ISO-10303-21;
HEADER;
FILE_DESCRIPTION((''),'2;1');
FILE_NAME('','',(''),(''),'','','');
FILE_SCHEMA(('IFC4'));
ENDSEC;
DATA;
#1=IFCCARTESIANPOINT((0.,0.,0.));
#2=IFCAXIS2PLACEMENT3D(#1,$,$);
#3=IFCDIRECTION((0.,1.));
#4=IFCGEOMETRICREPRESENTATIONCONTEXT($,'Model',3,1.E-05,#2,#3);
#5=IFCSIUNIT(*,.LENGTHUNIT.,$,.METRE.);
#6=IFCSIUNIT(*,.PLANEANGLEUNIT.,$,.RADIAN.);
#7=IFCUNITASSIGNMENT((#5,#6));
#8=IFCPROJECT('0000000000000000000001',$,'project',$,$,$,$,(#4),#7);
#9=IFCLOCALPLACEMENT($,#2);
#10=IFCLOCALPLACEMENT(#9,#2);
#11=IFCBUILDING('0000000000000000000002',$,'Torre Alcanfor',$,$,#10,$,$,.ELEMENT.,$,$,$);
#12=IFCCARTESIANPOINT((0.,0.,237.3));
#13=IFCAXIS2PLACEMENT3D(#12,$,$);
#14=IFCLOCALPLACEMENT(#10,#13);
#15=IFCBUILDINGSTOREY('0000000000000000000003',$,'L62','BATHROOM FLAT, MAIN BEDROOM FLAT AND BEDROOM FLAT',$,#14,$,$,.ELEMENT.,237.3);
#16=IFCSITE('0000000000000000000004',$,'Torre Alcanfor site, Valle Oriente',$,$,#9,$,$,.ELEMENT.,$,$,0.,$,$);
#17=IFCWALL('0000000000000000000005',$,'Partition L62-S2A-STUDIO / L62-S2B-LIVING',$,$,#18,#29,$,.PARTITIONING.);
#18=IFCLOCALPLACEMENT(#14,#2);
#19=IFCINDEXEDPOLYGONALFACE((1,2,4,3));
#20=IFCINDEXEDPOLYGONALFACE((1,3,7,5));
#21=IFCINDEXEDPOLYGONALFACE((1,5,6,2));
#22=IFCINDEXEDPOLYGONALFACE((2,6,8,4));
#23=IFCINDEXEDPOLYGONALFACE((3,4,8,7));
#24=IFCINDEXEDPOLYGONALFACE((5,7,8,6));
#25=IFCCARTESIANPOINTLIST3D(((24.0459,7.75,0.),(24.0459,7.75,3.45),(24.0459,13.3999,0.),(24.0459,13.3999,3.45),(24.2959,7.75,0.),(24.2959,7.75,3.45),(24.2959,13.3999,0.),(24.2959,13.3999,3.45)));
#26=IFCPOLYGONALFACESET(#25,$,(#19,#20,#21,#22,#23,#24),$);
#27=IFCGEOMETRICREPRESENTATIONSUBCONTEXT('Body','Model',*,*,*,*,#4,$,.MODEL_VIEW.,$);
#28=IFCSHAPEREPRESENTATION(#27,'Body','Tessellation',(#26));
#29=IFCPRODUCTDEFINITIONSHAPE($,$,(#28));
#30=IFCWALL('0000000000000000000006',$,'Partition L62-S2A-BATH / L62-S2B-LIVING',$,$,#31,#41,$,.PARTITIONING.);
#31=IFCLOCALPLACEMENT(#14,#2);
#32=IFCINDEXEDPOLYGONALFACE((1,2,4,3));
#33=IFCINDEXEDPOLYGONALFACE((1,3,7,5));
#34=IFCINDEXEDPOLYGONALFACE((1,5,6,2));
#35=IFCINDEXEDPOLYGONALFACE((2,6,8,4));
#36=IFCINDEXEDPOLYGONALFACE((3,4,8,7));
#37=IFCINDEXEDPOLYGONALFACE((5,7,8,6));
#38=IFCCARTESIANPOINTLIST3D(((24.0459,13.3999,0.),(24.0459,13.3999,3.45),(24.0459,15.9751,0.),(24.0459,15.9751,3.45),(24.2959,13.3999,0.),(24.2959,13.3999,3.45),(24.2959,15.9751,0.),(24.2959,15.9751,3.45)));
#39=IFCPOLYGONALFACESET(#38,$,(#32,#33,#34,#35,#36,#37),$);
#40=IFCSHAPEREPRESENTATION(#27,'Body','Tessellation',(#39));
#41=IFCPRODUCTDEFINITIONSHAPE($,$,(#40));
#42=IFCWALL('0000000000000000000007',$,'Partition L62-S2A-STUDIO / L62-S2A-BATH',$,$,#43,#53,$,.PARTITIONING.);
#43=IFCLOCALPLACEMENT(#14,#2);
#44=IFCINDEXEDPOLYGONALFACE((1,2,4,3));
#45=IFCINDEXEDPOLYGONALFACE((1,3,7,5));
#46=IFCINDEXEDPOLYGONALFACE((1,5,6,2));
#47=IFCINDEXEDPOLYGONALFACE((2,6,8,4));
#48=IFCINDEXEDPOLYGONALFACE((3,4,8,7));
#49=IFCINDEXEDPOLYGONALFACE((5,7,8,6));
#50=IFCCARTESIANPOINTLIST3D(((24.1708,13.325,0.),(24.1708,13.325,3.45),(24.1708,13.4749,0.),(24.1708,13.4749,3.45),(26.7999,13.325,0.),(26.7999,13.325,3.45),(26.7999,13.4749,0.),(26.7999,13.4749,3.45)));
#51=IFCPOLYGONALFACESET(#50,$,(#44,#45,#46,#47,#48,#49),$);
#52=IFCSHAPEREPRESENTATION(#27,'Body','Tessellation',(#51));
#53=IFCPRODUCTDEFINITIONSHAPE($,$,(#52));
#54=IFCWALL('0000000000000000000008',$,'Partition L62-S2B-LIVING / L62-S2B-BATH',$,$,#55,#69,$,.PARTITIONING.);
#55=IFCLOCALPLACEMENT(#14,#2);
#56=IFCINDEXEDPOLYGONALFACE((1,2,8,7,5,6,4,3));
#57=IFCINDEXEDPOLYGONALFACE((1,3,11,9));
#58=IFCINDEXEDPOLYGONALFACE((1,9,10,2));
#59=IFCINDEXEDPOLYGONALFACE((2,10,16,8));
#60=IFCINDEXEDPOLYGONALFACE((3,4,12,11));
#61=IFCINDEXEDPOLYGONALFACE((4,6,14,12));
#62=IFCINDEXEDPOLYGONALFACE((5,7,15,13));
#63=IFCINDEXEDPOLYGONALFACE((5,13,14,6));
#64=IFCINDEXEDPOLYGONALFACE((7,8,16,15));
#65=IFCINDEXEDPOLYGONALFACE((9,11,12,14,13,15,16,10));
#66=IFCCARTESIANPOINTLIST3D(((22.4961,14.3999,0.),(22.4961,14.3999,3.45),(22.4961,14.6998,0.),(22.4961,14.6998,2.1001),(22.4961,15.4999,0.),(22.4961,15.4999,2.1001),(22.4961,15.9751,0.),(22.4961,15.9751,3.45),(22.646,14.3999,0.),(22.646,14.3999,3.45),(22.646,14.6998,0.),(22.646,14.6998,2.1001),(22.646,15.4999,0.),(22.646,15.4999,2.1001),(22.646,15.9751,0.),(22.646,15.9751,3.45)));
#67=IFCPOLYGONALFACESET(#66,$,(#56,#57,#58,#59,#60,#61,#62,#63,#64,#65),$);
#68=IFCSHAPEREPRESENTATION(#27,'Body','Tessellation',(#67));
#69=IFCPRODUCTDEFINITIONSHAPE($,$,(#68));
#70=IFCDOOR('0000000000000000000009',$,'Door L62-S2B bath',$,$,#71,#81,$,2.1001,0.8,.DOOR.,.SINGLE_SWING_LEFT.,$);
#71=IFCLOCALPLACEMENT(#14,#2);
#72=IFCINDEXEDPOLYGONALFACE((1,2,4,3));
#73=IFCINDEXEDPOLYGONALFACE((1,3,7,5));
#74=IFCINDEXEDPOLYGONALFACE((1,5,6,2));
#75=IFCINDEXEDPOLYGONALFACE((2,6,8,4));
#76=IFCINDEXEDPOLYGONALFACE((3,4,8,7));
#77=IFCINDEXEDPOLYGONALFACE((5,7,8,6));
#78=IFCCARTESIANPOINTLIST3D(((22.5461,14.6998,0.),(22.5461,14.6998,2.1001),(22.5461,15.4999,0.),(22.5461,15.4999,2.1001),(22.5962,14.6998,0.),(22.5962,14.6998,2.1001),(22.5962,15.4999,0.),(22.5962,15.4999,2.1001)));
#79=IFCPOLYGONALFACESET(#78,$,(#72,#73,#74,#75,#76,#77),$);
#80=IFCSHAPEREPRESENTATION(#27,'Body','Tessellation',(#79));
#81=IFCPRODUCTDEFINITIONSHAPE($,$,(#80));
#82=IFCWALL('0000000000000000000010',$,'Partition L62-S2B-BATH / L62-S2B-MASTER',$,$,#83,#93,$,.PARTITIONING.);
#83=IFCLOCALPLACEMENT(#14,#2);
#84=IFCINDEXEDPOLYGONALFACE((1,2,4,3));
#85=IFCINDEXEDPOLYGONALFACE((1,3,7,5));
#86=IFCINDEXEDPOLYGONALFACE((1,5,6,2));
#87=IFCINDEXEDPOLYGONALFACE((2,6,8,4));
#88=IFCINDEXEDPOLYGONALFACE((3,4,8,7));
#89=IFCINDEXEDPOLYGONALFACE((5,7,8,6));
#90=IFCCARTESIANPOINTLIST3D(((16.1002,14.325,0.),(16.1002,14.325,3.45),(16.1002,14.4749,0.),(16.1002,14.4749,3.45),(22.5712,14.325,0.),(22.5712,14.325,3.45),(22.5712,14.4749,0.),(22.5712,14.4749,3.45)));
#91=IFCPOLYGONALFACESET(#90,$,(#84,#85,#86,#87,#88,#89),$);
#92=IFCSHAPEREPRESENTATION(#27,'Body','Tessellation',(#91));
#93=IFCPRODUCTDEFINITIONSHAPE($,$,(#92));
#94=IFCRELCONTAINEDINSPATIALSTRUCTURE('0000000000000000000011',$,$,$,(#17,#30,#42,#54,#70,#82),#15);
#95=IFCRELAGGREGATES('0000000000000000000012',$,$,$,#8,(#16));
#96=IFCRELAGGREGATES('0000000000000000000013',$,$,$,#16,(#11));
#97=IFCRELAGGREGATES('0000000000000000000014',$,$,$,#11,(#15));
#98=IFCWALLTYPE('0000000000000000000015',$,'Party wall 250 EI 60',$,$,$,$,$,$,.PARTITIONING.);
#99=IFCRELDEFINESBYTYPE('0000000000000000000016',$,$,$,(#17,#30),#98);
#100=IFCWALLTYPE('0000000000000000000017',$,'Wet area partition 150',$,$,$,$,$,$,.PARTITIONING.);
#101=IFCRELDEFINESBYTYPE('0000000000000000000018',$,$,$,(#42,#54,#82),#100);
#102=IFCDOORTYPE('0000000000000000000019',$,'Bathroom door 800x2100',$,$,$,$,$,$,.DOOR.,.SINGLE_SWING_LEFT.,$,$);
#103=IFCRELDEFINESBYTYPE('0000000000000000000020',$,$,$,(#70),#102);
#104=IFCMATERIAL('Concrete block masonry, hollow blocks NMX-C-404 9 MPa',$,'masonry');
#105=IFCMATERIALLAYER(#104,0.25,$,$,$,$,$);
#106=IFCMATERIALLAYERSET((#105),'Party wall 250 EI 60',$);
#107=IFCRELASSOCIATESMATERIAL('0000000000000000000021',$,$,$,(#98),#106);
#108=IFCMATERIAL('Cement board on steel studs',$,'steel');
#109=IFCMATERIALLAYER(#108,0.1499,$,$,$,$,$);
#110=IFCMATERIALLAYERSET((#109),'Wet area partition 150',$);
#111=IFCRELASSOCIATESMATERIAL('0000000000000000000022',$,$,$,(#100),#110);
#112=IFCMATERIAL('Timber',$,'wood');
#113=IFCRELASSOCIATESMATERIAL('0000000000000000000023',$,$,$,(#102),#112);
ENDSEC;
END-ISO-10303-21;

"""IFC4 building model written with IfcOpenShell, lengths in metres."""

from ifc_helpers import new_model, si_unit, direction, frame, frame_2d, origin, place, context, subcontext, project, spatial, rectangle, extrude, material, layer, layer_set, type_object, element, fill, save


model = new_model("IFC4")

# Units and contexts
model_context = context("Model", 3, precision=1e-05, world=origin(), true_north=direction((0.0, 1.0)))
body_context = subcontext(model_context, "Body", "Model", "MODEL_VIEW")
ifc_project = project(units=[si_unit("LENGTHUNIT", "METRE"), si_unit("PLANEANGLEUNIT", "RADIAN")], contexts=[model_context])

# Site, building, storey
site_placement = place(None, origin())
site = spatial("IfcSite", under=ifc_project, at=site_placement, Name="Torre Alcanfor site, Valle Oriente", CompositionType="ELEMENT", RefElevation=0.0)
building_placement = place(site_placement, origin())
building = spatial("IfcBuilding", under=site, at=building_placement, Name="Torre Alcanfor", CompositionType="ELEMENT")
storey_placement = place(building_placement, frame((0.0, 0.0, 237.3)))
storey = spatial("IfcBuildingStorey", under=building, at=storey_placement, Name="L62", Description="BATHROOM FLAT, MAIN BEDROOM FLAT AND BEDROOM FLAT", CompositionType="ELEMENT", Elevation=237.3)

# Walls
ifc_material_1 = material(Name="Concrete block masonry, hollow blocks NMX-C-404 9 MPa", Category="masonry")
ifc_layer_1 = layer(ifc_material_1, 0.25)
ifc_layer_set_1 = layer_set([ifc_layer_1], Name="Party wall 250 EI 60")
wall_type_1 = type_object("IfcWallType", Name="Party wall 250 EI 60", PredefinedType="PARTITIONING", material=ifc_layer_set_1)
wall_1_placement = place(storey_placement, frame((24.1709, 7.75, 0.0), z_axis=(0.0, 0.0, 1.0), x_axis=(0.0, 1.0, 0.0)))
element("IfcWall", 1, at=wall_1_placement, inside=storey, type_object=wall_type_1, Name="Partition L62-S2A-STUDIO / L62-S2B-LIVING", PredefinedType="PARTITIONING", context=body_context, shape_type="SweptSolid", body=[
    extrude(rectangle(XDim=5.6499, YDim=0.25, at=frame_2d((2.825, 0.0))), origin(), (0.0, 0.0, 1.0), 3.45),
])
wall_2_placement = place(storey_placement, frame((24.1709, 13.3999, 0.0), z_axis=(0.0, 0.0, 1.0), x_axis=(0.0, 1.0, 0.0)))
element("IfcWall", 2, at=wall_2_placement, inside=storey, type_object=wall_type_1, Name="Partition L62-S2A-BATH / L62-S2B-LIVING", PredefinedType="PARTITIONING", context=body_context, shape_type="SweptSolid", body=[
    extrude(rectangle(XDim=2.5752, YDim=0.25, at=frame_2d((1.2876, 0.0))), origin(), (0.0, 0.0, 1.0), 3.45),
])
ifc_material_2 = material(Name="Cement board on steel studs", Category="steel")
ifc_layer_2 = layer(ifc_material_2, 0.1499)
ifc_layer_set_2 = layer_set([ifc_layer_2], Name="Wet area partition 150")
wall_type_2 = type_object("IfcWallType", Name="Wet area partition 150", PredefinedType="PARTITIONING", material=ifc_layer_set_2)
wall_3_placement = place(storey_placement, frame((24.1709, 13.3999, 0.0), z_axis=(0.0, 0.0, 1.0), x_axis=(1.0, 0.0, 0.0)))
element("IfcWall", 3, at=wall_3_placement, inside=storey, type_object=wall_type_2, Name="Partition L62-S2A-STUDIO / L62-S2A-BATH", PredefinedType="PARTITIONING", context=body_context, shape_type="SweptSolid", body=[
    extrude(rectangle(XDim=2.6292, YDim=0.1499, at=frame_2d((1.3145, 0.0))), origin(), (0.0, 0.0, 1.0), 3.45),
])

# Wall, opening, door
wall_4_placement = place(storey_placement, frame((22.571, 14.3999, 0.0), z_axis=(0.0, 0.0, 1.0), x_axis=(0.0, 1.0, 0.0)))
wall_4 = element("IfcWall", 4, at=wall_4_placement, inside=storey, type_object=wall_type_2, Name="Partition L62-S2B-LIVING / L62-S2B-BATH", PredefinedType="PARTITIONING", context=body_context, shape_type="SweptSolid", body=[
    extrude(rectangle(XDim=1.5752, YDim=0.1499, at=frame_2d((0.7876, 0.0))), origin(), (0.0, 0.0, 1.0), 3.45),
])
opening_1_placement = place(wall_4_placement, frame((0.3, 0.0, 0.0)))
opening_1 = element("IfcOpeningElement", 5, at=opening_1_placement, cuts=wall_4, PredefinedType="OPENING", context=body_context, shape_type="SweptSolid", body=[
    extrude(rectangle(XDim=0.8, YDim=2.1001, at=frame_2d((0.3999, 1.05))), frame((0.0, 0.085, 0.0), z_axis=(0.0, -1.0, 0.0), x_axis=(1.0, 0.0, 0.0)), (0.0, 0.0, 1.0), 0.1699),
])
ifc_material_3 = material(Name="Timber", Category="wood")
door_type_1 = type_object("IfcDoorType", Name="Bathroom door 800x2100", OperationType="SINGLE_SWING_LEFT", PredefinedType="DOOR", material=ifc_material_3)
door_1_placement = place(opening_1_placement, origin())
door_1 = element("IfcDoor", 6, at=door_1_placement, inside=storey, type_object=door_type_1, Name="Door L62-S2B bath", OperationType="SINGLE_SWING_LEFT", OverallHeight=2.1001, OverallWidth=0.8, PredefinedType="DOOR", context=body_context, shape_type="SweptSolid", body=[
    extrude(rectangle(XDim=0.8, YDim=2.1001, at=frame_2d((0.3999, 1.05))), frame((0.0, 0.0249, 0.0), z_axis=(0.0, -1.0, 0.0), x_axis=(1.0, 0.0, 0.0)), (0.0, 0.0, 1.0), 0.05),
])
fill(opening_1, door_1)

# Wall
wall_5_placement = place(storey_placement, frame((22.571, 14.3999, 0.0), z_axis=(0.0, 0.0, 1.0), x_axis=(-1.0, 0.0, 0.0)))
element("IfcWall", 7, at=wall_5_placement, inside=storey, type_object=wall_type_2, Name="Partition L62-S2B-BATH / L62-S2B-MASTER", PredefinedType="PARTITIONING", context=body_context, shape_type="SweptSolid", body=[
    extrude(rectangle(XDim=6.4709, YDim=0.1499, at=frame_2d((3.2354, 0.0))), origin(), (0.0, 0.0, 1.0), 3.45),
])

save(model, "model.ifc")
